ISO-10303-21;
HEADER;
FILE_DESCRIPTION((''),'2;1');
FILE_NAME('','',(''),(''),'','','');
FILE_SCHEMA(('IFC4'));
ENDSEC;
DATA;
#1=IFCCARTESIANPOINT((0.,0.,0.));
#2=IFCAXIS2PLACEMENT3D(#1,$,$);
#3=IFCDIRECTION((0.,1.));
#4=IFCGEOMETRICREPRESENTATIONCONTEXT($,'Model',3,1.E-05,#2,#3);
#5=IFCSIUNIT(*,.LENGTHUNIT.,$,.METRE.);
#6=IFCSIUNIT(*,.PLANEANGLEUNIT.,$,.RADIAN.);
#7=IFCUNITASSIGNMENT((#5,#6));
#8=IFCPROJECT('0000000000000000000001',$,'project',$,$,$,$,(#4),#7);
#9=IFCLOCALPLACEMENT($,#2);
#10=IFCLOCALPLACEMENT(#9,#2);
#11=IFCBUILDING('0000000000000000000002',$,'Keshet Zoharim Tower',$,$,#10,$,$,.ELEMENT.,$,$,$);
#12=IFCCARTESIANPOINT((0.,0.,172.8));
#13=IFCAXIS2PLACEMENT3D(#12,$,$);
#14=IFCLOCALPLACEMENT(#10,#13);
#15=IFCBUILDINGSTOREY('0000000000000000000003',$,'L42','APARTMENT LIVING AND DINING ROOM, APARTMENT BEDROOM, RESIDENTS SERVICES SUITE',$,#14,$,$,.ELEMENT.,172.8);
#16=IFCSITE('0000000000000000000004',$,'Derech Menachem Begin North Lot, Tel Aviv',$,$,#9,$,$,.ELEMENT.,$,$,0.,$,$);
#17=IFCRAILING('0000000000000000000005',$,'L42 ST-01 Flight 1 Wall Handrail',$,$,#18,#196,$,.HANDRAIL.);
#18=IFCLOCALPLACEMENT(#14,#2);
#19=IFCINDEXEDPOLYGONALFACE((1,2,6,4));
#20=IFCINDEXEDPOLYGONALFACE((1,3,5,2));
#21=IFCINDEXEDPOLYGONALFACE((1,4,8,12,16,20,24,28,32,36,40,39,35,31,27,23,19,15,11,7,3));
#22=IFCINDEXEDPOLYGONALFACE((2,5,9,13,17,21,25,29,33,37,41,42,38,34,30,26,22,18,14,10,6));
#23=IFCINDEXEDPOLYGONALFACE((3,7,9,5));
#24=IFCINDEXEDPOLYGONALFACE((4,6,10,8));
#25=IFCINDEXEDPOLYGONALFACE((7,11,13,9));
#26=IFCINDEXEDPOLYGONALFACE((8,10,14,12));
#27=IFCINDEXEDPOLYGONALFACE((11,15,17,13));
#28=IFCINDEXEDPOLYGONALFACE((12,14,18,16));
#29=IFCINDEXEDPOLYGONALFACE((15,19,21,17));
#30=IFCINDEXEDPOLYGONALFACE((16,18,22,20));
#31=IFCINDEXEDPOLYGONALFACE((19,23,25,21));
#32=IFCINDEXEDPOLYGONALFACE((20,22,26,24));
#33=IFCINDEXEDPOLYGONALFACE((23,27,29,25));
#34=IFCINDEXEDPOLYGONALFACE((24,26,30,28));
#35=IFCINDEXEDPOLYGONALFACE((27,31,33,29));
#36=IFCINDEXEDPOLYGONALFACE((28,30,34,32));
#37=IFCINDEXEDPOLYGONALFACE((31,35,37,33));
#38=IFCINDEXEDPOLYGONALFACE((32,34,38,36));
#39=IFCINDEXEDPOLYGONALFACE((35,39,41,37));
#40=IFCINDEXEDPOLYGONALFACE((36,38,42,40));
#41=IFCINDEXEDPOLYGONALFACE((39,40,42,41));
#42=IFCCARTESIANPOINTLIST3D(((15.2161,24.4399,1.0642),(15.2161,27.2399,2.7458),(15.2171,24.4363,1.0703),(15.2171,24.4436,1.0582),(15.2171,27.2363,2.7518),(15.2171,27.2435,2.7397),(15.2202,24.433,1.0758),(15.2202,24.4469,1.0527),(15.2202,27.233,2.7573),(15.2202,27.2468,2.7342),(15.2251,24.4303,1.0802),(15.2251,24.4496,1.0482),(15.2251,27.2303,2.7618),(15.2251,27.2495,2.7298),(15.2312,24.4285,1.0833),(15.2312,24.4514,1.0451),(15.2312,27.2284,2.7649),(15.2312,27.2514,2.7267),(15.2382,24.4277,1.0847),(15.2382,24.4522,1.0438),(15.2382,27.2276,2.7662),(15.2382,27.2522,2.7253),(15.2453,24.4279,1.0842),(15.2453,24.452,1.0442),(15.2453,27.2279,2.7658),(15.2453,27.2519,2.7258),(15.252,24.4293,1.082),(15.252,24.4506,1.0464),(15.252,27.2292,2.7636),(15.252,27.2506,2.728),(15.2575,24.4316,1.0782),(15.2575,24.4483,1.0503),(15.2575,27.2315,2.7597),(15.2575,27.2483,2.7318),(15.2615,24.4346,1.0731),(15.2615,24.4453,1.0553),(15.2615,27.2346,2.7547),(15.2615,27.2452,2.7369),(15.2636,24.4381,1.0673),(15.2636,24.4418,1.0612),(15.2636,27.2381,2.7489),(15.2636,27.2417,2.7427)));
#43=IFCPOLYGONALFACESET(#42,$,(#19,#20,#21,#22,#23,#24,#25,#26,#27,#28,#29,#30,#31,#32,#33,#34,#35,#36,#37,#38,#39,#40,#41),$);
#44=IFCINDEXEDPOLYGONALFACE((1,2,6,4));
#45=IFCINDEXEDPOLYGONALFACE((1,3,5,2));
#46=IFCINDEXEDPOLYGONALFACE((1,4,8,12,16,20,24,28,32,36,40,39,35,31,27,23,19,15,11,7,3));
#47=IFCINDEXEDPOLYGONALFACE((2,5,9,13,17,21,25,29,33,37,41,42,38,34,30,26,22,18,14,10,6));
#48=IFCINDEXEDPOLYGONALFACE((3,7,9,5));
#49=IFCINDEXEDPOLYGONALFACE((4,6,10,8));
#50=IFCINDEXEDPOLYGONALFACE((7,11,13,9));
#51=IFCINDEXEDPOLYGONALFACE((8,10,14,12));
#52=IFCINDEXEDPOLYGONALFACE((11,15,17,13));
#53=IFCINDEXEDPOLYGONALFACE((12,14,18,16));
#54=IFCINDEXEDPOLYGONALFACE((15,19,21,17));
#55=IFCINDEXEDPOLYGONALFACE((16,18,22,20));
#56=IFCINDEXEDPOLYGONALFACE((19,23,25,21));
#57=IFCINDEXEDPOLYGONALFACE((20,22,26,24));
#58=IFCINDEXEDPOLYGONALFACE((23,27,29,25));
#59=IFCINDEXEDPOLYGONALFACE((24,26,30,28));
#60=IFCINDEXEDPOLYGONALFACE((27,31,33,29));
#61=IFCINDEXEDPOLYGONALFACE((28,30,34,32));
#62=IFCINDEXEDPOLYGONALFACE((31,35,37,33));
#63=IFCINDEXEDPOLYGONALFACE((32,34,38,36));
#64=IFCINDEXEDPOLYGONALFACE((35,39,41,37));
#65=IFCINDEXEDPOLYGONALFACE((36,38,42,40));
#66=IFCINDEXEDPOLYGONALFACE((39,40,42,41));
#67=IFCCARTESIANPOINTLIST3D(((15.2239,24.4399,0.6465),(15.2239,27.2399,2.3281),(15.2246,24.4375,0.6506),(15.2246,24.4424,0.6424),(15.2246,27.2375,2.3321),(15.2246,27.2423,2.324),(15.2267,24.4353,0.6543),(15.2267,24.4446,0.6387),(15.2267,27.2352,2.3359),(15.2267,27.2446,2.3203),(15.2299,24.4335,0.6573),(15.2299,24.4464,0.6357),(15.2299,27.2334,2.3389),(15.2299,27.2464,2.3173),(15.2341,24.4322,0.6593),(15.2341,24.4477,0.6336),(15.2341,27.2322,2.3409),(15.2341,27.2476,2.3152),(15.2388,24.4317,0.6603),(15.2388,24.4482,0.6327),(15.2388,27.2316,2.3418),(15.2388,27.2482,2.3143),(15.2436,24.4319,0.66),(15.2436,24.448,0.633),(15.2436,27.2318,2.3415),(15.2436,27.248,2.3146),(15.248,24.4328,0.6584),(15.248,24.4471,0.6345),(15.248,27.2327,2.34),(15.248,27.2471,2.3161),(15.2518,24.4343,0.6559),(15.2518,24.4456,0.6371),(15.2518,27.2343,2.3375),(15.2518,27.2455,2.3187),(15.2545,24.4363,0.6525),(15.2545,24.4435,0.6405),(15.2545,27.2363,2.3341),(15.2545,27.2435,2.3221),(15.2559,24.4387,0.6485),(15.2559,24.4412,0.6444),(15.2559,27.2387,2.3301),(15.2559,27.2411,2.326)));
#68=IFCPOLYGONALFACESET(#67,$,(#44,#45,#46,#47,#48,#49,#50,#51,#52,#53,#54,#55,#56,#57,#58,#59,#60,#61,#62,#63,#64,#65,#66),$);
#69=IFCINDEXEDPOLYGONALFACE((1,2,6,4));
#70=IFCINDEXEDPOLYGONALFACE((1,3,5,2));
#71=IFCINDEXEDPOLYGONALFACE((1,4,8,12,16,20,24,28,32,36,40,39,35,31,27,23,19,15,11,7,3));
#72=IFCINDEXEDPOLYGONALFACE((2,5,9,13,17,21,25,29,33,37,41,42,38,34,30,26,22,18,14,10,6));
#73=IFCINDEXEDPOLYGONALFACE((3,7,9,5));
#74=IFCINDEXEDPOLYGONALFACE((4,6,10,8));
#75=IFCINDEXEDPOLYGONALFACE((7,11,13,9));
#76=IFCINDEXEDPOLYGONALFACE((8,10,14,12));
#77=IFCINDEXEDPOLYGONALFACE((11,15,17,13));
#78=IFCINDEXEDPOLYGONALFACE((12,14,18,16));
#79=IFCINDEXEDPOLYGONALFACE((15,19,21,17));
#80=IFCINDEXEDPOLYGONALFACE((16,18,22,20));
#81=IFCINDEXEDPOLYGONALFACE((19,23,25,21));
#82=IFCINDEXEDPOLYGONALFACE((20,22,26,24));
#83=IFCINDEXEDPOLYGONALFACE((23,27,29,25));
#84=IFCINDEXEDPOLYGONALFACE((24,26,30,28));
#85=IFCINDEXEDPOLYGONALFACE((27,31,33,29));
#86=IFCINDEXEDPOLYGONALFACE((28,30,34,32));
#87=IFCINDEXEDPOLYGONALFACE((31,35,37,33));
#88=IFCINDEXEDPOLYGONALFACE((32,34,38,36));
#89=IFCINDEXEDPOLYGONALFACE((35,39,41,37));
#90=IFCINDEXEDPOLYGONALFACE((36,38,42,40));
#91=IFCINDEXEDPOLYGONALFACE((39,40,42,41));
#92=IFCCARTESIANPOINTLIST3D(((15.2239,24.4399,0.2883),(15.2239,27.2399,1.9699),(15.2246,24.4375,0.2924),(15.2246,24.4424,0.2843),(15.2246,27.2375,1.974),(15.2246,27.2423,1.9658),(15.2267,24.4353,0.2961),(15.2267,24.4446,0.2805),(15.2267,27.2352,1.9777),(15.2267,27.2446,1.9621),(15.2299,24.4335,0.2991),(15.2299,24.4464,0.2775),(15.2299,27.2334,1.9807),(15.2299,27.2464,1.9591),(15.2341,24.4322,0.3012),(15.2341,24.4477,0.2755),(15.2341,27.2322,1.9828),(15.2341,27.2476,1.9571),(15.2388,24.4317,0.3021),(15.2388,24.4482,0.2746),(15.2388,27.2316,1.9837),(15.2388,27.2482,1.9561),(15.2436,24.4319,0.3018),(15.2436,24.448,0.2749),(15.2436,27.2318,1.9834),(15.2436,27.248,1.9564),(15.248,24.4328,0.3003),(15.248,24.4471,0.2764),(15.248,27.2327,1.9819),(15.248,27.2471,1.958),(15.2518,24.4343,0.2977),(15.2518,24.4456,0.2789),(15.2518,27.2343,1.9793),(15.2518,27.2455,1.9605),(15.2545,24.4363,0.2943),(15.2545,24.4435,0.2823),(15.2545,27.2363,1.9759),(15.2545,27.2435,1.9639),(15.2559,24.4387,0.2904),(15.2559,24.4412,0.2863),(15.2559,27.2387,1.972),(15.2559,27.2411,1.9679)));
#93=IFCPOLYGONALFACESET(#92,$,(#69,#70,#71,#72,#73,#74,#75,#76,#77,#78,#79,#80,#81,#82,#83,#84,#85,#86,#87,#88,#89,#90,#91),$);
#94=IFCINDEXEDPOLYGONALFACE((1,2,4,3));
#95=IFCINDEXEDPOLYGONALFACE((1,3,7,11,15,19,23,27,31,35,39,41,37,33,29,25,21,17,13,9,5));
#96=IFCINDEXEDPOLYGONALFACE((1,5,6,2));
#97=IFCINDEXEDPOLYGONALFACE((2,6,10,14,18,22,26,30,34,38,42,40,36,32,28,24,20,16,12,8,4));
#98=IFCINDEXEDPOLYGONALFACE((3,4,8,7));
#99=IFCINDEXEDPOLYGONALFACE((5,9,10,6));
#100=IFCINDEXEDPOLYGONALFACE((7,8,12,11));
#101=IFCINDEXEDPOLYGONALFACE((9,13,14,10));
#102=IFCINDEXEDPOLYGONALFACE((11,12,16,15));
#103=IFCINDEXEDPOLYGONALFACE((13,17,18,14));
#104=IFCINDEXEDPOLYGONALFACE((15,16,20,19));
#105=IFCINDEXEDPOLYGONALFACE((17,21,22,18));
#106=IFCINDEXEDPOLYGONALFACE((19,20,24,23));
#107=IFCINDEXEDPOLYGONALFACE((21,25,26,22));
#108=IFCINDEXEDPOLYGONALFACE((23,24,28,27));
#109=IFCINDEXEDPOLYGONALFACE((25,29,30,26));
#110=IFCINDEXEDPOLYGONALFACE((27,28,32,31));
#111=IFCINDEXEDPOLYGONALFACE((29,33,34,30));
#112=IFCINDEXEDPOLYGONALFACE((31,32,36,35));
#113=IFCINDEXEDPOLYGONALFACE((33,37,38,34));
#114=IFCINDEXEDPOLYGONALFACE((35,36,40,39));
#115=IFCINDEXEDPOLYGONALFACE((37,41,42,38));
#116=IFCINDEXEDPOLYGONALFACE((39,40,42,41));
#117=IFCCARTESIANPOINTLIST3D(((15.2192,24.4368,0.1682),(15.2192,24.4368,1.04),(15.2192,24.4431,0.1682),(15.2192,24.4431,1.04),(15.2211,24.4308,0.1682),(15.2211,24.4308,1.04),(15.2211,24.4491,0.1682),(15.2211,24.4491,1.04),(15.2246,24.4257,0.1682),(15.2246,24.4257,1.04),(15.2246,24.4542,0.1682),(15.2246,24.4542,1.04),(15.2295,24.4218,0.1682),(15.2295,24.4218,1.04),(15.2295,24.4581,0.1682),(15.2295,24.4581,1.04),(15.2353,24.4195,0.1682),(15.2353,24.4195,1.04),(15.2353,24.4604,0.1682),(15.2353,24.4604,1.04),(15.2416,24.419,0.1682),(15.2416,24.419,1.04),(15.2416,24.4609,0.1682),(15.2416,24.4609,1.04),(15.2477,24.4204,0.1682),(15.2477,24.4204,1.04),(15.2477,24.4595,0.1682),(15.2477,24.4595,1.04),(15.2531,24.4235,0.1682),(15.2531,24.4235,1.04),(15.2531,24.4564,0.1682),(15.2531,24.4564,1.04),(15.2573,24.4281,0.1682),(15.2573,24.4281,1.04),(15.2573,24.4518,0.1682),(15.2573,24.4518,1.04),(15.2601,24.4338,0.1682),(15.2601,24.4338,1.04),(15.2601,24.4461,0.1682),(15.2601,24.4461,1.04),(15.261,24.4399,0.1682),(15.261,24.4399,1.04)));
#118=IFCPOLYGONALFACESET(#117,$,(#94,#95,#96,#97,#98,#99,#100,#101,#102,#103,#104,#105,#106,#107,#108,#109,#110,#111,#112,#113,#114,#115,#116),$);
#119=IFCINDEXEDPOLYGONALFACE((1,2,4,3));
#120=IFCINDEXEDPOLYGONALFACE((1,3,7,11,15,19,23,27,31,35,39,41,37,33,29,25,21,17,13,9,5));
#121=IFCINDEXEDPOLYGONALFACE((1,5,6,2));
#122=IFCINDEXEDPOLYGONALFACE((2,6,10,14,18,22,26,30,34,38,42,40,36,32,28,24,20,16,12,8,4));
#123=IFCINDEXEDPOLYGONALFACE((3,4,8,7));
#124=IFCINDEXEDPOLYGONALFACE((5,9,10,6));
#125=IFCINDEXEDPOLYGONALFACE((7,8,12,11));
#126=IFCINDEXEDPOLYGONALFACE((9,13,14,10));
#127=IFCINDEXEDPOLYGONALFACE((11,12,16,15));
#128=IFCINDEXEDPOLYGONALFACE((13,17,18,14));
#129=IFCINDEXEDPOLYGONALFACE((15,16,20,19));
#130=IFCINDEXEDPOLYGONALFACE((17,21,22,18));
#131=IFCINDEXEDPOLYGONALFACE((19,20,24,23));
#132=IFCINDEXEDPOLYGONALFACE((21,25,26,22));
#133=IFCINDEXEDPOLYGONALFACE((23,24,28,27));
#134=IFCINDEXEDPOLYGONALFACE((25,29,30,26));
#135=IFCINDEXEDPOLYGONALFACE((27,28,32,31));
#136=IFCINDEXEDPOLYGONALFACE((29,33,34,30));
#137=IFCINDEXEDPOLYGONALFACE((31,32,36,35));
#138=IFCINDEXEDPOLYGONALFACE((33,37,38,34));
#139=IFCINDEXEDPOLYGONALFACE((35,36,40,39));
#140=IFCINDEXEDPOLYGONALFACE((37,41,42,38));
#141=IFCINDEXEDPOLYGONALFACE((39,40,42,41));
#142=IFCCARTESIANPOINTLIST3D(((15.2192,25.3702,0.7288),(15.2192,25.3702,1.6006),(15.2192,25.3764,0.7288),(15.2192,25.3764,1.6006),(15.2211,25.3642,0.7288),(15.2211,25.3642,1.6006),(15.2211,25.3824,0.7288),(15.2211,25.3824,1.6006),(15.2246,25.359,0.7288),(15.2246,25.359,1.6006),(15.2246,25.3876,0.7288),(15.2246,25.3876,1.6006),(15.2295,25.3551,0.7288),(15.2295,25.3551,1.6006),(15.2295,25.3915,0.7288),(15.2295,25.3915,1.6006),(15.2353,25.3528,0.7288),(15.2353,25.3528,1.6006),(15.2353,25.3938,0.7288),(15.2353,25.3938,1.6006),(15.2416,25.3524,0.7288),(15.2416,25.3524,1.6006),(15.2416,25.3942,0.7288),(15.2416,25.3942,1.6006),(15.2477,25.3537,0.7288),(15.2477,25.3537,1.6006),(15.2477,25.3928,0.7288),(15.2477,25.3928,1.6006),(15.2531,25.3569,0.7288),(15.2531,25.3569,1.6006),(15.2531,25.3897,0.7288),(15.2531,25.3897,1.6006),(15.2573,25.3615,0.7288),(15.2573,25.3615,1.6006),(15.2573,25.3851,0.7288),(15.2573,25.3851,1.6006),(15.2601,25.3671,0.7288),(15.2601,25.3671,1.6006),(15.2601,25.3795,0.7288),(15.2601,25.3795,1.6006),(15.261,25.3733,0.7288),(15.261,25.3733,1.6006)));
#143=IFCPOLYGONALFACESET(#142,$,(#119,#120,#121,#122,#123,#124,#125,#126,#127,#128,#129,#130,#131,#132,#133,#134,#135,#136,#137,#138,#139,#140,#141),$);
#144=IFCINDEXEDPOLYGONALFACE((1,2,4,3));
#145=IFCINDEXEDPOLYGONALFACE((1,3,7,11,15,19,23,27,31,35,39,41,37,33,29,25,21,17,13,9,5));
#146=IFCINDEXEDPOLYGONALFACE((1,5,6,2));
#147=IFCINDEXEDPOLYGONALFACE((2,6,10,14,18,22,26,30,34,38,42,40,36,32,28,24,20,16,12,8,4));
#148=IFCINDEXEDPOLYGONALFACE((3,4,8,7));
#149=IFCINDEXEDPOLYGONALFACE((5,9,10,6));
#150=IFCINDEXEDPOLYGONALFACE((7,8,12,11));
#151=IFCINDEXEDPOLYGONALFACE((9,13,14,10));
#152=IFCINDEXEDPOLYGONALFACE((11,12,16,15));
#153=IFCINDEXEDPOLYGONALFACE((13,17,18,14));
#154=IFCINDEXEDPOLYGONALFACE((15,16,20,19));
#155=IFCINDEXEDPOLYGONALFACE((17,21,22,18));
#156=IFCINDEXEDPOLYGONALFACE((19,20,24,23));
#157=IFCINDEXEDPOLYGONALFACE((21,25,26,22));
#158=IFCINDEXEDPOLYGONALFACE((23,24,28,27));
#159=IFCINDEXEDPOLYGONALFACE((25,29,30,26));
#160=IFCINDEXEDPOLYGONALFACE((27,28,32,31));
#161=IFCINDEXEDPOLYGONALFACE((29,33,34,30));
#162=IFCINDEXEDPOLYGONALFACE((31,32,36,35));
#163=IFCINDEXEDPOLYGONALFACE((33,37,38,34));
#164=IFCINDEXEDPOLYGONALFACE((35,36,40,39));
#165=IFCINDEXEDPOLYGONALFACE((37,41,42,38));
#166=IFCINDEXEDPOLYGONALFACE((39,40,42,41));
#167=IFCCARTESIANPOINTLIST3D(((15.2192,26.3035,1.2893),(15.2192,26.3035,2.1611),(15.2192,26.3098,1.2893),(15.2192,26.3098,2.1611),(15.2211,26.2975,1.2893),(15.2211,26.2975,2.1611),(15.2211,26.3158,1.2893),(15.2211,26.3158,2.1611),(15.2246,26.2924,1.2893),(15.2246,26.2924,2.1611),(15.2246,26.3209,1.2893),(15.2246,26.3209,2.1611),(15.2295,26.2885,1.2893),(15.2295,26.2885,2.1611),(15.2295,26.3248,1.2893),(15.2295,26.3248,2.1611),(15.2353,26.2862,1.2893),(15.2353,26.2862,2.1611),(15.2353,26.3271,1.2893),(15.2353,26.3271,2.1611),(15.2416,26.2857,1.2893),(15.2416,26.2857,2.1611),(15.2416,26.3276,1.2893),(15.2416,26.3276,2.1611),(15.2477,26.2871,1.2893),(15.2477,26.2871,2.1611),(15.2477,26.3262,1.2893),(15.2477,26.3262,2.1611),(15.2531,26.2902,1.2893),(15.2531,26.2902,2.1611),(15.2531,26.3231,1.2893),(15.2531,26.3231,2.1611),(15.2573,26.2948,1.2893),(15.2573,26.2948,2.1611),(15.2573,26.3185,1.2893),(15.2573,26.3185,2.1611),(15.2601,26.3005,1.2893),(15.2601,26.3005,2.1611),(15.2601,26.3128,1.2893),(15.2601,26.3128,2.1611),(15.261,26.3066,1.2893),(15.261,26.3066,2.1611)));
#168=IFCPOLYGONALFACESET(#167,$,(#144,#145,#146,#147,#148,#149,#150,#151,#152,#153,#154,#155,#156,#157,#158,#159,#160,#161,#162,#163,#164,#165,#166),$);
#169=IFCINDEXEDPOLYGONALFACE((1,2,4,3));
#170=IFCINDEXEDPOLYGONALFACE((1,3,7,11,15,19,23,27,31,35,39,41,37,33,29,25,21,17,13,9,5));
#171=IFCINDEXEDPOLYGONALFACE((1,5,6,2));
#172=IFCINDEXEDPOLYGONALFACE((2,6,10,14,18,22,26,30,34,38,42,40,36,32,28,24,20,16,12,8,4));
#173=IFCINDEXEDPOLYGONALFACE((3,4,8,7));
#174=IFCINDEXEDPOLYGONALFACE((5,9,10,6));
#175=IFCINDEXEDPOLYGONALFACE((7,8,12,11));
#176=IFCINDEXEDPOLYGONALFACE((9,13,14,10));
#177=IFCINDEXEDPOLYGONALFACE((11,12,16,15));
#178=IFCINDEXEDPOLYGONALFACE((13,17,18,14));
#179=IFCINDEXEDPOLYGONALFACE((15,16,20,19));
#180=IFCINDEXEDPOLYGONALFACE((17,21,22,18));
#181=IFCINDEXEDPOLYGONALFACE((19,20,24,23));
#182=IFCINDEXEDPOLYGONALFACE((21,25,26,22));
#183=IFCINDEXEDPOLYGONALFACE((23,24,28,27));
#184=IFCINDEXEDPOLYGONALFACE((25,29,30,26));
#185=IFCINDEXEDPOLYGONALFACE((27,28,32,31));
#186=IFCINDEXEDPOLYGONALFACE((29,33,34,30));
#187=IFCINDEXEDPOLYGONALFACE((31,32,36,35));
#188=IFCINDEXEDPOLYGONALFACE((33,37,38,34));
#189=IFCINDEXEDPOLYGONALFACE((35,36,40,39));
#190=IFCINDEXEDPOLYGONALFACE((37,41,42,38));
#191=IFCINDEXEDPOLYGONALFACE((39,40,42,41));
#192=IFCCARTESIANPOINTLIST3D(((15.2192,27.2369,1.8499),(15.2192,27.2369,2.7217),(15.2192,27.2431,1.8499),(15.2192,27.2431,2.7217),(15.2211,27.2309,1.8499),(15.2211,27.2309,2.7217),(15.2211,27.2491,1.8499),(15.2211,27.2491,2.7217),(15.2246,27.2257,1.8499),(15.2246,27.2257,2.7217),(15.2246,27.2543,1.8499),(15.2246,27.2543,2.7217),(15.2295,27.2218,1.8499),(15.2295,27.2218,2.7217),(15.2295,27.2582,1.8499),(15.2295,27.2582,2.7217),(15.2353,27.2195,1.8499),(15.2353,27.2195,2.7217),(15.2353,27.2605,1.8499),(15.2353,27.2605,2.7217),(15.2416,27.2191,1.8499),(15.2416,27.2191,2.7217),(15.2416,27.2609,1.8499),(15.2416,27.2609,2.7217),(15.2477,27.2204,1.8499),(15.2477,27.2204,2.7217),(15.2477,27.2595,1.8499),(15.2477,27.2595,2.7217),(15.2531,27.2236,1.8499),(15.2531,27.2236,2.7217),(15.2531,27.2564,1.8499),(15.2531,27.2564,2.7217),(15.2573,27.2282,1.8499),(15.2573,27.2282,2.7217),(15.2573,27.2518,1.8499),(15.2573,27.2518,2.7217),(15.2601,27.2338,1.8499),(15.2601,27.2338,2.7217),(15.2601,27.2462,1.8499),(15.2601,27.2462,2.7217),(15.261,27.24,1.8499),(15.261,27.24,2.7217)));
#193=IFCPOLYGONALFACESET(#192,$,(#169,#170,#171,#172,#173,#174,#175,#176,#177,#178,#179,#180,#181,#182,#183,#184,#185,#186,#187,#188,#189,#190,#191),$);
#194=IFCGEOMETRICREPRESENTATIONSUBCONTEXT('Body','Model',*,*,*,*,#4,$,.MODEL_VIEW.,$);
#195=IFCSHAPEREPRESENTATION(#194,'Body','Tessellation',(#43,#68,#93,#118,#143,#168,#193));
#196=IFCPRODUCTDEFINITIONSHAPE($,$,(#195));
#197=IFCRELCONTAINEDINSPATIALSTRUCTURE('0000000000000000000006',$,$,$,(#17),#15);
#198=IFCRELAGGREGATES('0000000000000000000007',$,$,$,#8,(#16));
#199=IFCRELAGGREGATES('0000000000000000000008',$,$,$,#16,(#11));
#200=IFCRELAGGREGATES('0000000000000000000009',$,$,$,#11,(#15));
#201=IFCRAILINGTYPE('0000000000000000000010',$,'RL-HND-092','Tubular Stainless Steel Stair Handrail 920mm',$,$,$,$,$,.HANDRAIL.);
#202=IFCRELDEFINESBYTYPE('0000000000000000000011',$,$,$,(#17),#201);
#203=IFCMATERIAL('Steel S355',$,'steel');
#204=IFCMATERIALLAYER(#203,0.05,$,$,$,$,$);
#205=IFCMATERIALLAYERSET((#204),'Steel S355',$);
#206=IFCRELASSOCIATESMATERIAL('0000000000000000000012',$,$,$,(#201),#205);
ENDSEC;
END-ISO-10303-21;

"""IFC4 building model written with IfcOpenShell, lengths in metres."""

from ifc_helpers import new_model, si_unit, direction, frame, origin, origin_2d, place, context, subcontext, project, spatial, circle, extrude, material, layer, layer_set, type_object, element, save


model = new_model("IFC4")

# Units and contexts
model_context = context("Model", 3, precision=1e-05, world=origin(), true_north=direction((0.0, 1.0)))
body_context = subcontext(model_context, "Body", "Model", "MODEL_VIEW")
ifc_project = project(units=[si_unit("LENGTHUNIT", "METRE"), si_unit("PLANEANGLEUNIT", "RADIAN")], contexts=[model_context])

# Site, building, storey
site_placement = place(None, origin())
site = spatial("IfcSite", under=ifc_project, at=site_placement, Name="Derech Menachem Begin North Lot, Tel Aviv", CompositionType="ELEMENT", RefElevation=0.0)
building_placement = place(site_placement, origin())
building = spatial("IfcBuilding", under=site, at=building_placement, Name="Keshet Zoharim Tower", CompositionType="ELEMENT")
storey_placement = place(building_placement, frame((0.0, 0.0, 172.8)))
storey = spatial("IfcBuildingStorey", under=building, at=storey_placement, Name="L42", Description="APARTMENT LIVING AND DINING ROOM, APARTMENT BEDROOM, RESIDENTS SERVICES SUITE", CompositionType="ELEMENT", Elevation=172.8)

# Railing
ifc_material_1 = material(Name="Steel S355", Category="steel")
ifc_layer_1 = layer(ifc_material_1, 0.05)
ifc_layer_set_1 = layer_set([ifc_layer_1], Name="Steel S355")
railing_type = type_object("IfcRailingType", Name="RL-HND-092", Description="Tubular Stainless Steel Stair Handrail 920mm", PredefinedType="HANDRAIL", material=ifc_layer_set_1)
railing_placement = place(storey_placement, frame((15.24, 24.4399, 0.1682)))
element("IfcRailing", 1, at=railing_placement, inside=storey, type_object=railing_type, Name="L42 ST-01 Flight 1 Wall Handrail", PredefinedType="HANDRAIL", context=body_context, shape_type="SweptSolid", body=[
    extrude(circle(Radius=0.0239, at=origin_2d()), frame((0.0, 0.0, 0.896), z_axis=(0.0, 0.857275, 0.514858), x_axis=(-1.0, 0.0, 0.0)), (0.0, 0.0, 1.0), 3.2661),
    extrude(circle(Radius=0.0161, at=origin_2d()), frame((0.0, 0.0, 0.4783), z_axis=(0.0, 0.857275, 0.514858), x_axis=(-1.0, 0.0, 0.0)), (0.0, 0.0, 1.0), 3.2661),
    extrude(circle(Radius=0.0161, at=origin_2d()), frame((0.0, 0.0, 0.1201), z_axis=(0.0, 0.857275, 0.514858), x_axis=(-1.0, 0.0, 0.0)), (0.0, 0.0, 1.0), 3.2661),
    extrude(circle(Radius=0.021, at=origin_2d()), origin(), (0.0, 0.0, 1.0), 0.8718),
    extrude(circle(Radius=0.021, at=origin_2d()), frame((0.0, 0.9333, 0.5605)), (0.0, 0.0, 1.0), 0.8718),
    extrude(circle(Radius=0.021, at=origin_2d()), frame((0.0, 1.8667, 1.1211)), (0.0, 0.0, 1.0), 0.8718),
    extrude(circle(Radius=0.021, at=origin_2d()), frame((0.0, 2.8, 1.6816)), (0.0, 0.0, 1.0), 0.8718),
])

save(model, "model.ifc")
